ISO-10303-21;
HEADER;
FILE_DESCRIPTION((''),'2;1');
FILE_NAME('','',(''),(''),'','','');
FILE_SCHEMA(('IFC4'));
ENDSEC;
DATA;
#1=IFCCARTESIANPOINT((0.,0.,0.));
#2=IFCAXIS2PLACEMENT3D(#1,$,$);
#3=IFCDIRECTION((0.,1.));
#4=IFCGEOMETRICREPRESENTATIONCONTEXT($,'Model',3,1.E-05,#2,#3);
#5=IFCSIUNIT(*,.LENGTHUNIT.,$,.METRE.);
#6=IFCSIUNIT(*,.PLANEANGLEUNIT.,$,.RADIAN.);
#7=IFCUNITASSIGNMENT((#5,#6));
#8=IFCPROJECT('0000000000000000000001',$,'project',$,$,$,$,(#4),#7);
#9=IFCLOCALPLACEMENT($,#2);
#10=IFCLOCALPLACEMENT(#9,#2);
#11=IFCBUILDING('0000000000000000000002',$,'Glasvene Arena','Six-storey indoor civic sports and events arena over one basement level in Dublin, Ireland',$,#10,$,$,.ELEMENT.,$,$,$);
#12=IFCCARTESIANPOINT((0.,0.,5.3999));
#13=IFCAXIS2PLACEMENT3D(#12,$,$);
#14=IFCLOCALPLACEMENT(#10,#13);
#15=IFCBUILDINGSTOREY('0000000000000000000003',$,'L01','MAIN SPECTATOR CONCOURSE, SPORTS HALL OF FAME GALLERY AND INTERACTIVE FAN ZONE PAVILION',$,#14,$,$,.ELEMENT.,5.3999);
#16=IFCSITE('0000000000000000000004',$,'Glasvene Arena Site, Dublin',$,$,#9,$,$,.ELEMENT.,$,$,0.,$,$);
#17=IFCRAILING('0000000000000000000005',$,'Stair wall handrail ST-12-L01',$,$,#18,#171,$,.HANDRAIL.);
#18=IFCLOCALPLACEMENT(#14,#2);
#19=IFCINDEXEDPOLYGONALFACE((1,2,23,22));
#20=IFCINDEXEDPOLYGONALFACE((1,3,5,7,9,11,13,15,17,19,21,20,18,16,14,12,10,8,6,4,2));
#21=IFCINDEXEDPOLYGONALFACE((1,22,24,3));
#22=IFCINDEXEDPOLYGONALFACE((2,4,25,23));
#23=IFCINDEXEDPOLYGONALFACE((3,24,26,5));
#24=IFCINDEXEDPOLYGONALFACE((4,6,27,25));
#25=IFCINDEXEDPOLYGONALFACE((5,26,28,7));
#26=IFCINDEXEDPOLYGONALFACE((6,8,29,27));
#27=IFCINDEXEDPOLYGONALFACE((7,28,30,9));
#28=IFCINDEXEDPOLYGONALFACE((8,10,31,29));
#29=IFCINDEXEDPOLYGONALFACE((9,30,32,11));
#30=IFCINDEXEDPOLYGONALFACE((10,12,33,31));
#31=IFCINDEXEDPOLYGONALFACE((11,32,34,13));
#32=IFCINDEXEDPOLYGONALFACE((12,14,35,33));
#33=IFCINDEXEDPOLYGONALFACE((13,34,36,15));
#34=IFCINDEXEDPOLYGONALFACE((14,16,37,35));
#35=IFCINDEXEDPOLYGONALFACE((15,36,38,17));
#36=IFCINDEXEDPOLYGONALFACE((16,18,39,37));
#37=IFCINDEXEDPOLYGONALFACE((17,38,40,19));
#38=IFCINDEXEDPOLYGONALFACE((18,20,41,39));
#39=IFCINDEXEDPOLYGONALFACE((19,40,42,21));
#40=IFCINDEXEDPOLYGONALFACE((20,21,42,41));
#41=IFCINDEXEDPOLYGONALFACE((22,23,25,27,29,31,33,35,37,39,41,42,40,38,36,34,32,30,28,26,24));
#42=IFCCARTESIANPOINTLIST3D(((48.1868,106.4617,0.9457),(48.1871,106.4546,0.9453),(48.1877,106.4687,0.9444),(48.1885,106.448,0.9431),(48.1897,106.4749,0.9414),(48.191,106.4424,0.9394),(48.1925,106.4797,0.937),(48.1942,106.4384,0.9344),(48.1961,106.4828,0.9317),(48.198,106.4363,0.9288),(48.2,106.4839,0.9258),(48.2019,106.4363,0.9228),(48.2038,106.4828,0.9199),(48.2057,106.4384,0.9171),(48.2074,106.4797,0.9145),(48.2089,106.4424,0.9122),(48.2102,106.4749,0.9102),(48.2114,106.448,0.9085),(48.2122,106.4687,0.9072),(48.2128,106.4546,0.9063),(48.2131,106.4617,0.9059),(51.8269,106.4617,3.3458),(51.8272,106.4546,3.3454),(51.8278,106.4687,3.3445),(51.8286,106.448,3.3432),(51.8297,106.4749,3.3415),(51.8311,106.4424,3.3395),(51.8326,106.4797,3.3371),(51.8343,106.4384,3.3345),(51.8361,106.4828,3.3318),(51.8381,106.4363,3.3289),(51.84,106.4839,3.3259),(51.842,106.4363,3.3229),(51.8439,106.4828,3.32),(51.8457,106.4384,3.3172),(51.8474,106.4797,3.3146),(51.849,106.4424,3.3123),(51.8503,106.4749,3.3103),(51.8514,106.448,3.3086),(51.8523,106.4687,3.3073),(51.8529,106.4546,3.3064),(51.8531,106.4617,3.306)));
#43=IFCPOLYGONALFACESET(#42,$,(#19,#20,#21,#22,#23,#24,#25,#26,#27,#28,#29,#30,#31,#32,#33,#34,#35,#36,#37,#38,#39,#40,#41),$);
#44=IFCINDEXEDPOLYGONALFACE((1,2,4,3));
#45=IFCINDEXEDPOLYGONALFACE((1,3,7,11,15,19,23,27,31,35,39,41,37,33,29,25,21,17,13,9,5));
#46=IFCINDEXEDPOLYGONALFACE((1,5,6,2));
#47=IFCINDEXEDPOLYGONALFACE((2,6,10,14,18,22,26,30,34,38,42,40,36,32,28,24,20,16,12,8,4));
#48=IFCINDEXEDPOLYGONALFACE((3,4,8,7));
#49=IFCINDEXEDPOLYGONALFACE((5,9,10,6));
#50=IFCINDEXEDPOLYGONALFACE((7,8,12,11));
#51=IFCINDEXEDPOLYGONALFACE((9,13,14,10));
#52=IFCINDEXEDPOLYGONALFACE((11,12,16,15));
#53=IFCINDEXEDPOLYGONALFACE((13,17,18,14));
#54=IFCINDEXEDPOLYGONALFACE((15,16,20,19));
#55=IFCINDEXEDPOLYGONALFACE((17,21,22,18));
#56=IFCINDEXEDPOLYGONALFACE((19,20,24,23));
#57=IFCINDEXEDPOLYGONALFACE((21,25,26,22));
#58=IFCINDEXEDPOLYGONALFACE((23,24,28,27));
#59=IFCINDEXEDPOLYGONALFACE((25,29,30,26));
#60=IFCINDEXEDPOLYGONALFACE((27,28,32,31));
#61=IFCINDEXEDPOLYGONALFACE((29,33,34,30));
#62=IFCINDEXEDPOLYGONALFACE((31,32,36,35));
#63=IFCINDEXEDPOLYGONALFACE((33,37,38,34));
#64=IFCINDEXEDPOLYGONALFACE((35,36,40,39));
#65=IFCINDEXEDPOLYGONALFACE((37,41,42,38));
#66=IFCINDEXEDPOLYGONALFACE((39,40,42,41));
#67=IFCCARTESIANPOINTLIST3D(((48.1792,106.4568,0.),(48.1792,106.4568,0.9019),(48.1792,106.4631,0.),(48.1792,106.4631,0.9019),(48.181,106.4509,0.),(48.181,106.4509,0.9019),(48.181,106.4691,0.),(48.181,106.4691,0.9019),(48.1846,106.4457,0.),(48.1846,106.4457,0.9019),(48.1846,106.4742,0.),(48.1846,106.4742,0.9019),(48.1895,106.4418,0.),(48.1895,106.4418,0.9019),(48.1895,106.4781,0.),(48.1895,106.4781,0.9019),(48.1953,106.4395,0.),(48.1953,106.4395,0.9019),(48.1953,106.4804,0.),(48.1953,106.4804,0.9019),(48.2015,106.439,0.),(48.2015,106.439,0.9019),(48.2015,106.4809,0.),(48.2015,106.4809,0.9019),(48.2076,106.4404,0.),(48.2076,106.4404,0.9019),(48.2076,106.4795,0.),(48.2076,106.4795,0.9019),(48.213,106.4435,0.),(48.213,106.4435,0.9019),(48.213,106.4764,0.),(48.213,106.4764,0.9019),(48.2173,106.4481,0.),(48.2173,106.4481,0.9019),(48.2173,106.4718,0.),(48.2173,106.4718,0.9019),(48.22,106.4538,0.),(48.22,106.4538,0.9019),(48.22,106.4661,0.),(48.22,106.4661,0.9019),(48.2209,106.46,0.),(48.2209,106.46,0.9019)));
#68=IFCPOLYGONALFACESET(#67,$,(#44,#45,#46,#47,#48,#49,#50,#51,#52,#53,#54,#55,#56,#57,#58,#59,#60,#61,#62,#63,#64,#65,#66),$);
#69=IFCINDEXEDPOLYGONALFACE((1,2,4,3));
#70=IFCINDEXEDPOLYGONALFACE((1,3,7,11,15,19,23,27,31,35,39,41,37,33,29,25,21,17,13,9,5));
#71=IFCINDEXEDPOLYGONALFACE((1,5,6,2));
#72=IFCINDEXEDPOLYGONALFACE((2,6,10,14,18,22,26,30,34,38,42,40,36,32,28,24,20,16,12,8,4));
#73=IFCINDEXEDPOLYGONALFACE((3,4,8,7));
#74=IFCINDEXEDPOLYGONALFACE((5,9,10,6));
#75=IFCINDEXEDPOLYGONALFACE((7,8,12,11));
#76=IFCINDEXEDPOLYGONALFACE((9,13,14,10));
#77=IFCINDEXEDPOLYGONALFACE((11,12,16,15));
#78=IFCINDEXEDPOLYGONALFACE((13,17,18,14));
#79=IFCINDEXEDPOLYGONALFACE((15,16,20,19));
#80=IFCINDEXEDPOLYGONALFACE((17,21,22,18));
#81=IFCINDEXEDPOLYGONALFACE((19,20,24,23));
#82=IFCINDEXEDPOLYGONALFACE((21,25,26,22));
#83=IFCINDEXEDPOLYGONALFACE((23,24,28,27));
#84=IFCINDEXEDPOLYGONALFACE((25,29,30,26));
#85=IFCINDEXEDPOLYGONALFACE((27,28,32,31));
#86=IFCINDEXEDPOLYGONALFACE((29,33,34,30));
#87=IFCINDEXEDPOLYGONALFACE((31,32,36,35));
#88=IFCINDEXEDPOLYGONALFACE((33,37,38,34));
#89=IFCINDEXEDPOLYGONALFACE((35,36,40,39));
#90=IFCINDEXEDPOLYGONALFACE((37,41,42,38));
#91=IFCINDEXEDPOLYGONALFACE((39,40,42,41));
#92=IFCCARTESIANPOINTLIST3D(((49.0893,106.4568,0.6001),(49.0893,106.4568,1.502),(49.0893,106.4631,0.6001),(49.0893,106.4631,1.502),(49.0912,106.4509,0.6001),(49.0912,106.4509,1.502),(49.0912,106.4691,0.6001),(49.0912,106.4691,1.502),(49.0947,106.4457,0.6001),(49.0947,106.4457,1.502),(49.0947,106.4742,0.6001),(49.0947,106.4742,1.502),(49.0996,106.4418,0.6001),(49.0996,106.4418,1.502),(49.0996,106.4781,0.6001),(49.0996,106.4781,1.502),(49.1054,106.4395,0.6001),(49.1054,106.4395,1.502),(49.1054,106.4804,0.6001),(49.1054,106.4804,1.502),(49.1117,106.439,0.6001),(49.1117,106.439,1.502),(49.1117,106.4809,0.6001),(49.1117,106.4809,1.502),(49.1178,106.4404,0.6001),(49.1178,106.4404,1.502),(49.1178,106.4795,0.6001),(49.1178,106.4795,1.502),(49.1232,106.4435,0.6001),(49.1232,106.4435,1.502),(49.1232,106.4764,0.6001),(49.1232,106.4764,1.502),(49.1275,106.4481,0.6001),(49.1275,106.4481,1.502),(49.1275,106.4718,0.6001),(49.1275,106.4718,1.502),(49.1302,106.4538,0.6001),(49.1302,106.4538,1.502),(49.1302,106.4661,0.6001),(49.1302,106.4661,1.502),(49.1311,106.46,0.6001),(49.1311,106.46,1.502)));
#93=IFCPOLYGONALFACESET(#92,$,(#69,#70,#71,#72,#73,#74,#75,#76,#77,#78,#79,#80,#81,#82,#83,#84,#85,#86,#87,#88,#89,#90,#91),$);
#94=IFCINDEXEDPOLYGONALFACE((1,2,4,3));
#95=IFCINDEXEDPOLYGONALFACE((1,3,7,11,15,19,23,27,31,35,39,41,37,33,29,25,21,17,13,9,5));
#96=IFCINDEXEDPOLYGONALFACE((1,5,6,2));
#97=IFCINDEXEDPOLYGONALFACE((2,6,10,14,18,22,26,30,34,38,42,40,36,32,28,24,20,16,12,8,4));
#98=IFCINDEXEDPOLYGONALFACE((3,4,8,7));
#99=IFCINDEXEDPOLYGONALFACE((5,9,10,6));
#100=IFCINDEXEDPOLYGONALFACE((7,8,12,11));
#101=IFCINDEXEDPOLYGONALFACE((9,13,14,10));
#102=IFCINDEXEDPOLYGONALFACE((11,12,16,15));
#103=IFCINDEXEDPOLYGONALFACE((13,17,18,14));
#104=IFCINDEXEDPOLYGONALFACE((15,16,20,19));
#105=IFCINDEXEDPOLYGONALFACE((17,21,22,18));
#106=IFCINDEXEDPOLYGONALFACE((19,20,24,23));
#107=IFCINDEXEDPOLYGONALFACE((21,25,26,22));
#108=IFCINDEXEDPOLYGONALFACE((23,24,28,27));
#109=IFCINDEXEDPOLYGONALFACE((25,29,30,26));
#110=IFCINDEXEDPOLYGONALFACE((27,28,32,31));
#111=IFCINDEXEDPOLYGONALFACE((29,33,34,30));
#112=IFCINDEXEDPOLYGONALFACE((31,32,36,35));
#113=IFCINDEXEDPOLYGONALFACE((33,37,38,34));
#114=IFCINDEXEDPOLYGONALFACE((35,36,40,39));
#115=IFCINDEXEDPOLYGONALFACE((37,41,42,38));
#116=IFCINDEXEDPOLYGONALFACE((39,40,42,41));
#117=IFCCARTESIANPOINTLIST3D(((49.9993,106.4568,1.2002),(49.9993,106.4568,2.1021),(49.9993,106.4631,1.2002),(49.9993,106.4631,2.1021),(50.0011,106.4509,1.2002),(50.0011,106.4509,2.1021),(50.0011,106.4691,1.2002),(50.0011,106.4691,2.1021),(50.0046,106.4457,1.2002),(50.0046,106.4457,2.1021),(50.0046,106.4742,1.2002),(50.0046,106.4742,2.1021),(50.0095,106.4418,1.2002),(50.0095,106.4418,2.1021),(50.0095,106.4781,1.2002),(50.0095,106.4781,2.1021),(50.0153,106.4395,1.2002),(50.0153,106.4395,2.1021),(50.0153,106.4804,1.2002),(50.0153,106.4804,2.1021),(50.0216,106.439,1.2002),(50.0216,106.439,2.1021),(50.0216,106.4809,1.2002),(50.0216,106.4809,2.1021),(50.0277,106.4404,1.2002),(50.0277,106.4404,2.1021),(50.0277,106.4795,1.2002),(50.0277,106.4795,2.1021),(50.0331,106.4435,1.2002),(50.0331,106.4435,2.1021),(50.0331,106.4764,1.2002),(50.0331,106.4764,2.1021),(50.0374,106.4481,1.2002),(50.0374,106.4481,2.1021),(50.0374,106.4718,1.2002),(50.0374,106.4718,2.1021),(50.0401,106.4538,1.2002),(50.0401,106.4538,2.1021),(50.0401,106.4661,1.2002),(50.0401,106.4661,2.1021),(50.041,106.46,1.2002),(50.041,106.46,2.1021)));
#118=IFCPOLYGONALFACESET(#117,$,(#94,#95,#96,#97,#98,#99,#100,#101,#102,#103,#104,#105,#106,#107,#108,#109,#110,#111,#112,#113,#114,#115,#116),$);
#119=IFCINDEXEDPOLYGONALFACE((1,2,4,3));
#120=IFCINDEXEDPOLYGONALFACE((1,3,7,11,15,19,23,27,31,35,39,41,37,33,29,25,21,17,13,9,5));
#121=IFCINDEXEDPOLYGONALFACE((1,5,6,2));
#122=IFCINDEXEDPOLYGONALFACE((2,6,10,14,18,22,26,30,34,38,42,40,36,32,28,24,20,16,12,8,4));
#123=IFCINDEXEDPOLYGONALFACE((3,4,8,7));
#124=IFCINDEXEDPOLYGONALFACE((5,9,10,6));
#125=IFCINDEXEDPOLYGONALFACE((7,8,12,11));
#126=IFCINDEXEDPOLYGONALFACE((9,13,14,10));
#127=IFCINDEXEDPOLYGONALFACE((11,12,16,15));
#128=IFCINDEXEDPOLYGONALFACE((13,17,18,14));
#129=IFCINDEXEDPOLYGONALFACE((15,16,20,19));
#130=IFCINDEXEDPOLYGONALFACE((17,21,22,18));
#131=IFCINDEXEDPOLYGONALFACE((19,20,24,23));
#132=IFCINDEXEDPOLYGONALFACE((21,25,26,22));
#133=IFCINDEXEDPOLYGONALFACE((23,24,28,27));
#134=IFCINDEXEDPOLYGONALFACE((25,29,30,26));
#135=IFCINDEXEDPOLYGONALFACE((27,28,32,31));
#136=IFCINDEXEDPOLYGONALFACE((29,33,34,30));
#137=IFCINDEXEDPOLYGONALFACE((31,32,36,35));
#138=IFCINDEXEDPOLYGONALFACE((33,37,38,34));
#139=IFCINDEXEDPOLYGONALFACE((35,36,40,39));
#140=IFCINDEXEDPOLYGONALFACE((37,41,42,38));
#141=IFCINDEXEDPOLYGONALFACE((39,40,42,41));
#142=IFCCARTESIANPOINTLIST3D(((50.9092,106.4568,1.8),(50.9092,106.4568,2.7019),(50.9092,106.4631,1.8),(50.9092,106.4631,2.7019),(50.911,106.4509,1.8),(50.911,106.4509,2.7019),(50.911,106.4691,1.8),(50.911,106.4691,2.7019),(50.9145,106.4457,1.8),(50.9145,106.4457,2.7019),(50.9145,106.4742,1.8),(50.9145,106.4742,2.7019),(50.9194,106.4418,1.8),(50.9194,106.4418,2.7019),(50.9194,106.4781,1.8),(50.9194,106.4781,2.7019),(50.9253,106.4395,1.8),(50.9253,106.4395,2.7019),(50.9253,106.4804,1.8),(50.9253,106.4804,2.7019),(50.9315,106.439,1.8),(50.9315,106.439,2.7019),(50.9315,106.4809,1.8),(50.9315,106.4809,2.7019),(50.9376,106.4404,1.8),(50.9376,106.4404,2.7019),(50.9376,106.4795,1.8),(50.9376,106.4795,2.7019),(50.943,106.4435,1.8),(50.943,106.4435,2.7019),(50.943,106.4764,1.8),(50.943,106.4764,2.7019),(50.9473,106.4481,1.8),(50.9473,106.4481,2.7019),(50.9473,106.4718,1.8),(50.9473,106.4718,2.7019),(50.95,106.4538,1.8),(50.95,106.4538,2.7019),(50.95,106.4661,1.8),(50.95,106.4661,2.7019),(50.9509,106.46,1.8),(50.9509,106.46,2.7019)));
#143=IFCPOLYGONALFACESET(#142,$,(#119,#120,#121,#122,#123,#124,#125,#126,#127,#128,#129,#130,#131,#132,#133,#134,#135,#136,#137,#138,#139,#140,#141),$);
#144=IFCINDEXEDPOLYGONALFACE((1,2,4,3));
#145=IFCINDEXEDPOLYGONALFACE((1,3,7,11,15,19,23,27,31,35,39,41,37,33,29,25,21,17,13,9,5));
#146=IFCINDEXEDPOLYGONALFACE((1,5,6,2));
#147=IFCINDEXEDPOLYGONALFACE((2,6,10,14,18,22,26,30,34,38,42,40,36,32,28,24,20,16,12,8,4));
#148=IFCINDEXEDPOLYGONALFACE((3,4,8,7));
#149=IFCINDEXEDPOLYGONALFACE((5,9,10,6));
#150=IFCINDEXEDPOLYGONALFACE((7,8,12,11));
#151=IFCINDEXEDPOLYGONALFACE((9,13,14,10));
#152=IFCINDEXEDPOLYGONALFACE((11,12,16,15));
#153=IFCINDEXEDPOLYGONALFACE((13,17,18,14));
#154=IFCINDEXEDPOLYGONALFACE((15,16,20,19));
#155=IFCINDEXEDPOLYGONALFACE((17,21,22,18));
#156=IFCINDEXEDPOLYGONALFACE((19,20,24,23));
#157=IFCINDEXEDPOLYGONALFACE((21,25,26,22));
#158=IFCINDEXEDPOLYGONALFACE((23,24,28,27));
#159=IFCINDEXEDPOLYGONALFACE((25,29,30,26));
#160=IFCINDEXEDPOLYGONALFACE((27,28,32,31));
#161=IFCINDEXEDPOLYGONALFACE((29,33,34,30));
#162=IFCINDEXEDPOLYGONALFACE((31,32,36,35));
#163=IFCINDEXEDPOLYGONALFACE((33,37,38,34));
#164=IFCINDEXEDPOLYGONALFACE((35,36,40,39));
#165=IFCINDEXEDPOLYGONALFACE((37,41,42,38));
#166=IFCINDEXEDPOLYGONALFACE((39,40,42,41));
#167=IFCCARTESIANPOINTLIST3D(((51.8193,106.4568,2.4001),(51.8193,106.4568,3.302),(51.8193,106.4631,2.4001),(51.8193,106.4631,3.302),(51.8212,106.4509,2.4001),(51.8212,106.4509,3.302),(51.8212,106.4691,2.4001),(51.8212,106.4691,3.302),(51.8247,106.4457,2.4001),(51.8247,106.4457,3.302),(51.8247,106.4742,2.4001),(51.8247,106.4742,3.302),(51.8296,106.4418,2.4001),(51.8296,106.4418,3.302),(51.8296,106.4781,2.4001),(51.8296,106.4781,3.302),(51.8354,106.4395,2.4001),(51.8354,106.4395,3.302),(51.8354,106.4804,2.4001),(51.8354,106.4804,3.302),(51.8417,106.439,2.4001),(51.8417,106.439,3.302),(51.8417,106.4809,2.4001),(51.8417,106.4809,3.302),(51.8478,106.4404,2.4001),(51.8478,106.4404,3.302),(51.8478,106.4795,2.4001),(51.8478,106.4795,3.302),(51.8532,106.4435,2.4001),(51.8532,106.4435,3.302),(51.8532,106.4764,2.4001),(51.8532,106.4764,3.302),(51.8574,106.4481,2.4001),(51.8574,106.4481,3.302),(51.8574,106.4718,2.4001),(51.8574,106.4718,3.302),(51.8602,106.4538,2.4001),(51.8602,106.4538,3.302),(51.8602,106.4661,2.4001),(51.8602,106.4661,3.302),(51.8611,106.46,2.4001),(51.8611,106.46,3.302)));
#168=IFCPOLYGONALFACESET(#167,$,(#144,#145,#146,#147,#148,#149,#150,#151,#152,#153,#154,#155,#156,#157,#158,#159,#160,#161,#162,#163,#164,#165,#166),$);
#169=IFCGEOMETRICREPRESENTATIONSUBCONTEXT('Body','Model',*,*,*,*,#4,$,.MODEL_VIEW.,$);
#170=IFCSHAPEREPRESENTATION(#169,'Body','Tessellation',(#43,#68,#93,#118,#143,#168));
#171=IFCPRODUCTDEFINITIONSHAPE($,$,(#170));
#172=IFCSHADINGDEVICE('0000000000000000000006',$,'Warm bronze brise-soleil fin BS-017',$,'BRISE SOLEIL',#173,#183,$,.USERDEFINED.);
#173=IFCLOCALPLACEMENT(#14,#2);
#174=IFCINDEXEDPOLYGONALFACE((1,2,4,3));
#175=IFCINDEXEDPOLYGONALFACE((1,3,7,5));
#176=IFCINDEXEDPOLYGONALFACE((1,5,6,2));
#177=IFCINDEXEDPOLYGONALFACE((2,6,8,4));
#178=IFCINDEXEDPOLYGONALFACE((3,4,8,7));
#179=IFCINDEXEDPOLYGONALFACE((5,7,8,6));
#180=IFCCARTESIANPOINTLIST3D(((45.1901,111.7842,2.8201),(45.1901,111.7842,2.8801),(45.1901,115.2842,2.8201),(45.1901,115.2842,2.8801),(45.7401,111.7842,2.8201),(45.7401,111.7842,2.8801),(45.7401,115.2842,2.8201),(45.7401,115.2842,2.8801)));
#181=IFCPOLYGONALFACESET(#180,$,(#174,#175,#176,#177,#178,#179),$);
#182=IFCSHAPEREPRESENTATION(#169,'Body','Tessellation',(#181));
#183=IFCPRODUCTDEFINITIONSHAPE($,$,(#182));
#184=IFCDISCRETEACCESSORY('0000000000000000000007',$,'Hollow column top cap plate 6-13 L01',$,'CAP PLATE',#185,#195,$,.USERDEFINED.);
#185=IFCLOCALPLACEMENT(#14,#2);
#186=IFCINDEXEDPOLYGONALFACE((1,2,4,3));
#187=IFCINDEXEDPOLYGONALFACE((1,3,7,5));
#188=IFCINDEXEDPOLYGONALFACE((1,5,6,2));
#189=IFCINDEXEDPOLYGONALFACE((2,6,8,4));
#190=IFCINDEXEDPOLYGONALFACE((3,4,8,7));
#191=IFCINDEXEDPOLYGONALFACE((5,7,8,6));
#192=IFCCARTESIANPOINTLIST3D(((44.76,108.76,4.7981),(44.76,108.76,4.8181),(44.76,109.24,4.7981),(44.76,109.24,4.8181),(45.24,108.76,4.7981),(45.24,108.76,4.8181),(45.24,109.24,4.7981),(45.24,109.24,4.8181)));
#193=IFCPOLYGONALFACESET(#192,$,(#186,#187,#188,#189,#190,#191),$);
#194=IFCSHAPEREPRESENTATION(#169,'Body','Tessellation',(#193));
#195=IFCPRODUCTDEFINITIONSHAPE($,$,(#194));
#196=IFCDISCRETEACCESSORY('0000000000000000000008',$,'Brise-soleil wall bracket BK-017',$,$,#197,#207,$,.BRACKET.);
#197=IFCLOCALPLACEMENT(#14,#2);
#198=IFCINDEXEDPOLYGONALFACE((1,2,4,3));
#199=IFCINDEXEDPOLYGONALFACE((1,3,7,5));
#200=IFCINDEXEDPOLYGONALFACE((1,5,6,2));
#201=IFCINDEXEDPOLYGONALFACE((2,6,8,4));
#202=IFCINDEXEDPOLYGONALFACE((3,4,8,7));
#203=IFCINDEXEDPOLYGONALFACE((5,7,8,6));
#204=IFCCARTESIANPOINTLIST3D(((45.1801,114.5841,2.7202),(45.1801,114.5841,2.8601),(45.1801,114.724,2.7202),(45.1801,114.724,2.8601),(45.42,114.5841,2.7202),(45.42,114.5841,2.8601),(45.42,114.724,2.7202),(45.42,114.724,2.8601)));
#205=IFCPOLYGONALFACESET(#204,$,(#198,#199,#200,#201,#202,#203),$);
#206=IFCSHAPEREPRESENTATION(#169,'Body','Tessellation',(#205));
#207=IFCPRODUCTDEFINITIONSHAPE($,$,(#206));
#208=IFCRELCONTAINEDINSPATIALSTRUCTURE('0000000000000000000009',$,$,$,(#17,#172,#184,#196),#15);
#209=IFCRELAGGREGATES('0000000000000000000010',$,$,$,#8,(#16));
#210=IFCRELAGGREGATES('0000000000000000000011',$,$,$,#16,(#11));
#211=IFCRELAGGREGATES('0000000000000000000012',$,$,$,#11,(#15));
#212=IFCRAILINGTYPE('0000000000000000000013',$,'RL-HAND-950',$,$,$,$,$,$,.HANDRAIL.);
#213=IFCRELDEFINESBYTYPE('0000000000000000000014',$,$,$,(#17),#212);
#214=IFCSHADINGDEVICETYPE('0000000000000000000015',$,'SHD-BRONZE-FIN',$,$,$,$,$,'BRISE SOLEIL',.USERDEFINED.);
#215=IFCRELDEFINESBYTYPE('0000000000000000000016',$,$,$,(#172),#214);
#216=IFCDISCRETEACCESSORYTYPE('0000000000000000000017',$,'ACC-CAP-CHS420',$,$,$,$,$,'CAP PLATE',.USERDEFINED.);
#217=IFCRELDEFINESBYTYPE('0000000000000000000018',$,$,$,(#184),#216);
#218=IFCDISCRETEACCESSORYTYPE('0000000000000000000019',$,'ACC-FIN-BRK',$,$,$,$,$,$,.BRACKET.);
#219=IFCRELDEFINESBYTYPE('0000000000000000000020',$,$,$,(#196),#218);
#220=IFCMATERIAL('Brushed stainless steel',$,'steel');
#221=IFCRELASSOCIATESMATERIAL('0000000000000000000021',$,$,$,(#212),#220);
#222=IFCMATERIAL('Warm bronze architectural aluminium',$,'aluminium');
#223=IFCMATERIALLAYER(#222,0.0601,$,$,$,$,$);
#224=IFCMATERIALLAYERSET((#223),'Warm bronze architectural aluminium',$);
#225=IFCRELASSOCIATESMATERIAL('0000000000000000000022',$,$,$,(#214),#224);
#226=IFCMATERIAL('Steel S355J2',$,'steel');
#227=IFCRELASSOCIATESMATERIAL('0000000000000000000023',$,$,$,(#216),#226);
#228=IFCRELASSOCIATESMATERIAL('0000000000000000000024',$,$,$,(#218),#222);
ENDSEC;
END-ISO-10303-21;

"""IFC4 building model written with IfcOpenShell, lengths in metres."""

from ifc_helpers import new_model, si_unit, direction, frame, origin, origin_2d, place, context, subcontext, project, spatial, rectangle, circle, extrude, material, layer, layer_set, type_object, element, save


model = new_model("IFC4")

# Units and contexts
model_context = context("Model", 3, precision=1e-05, world=origin(), true_north=direction((0.0, 1.0)))
body_context = subcontext(model_context, "Body", "Model", "MODEL_VIEW")
ifc_project = project(units=[si_unit("LENGTHUNIT", "METRE"), si_unit("PLANEANGLEUNIT", "RADIAN")], contexts=[model_context])

# Site, building, storey
site_placement = place(None, origin())
site = spatial("IfcSite", under=ifc_project, at=site_placement, Name="Glasvene Arena Site, Dublin", CompositionType="ELEMENT", RefElevation=0.0)
building_placement = place(site_placement, origin())
building = spatial("IfcBuilding", under=site, at=building_placement, Name="Glasvene Arena", Description="Six-storey indoor civic sports and events arena over one basement level in Dublin, Ireland", CompositionType="ELEMENT")
storey_placement = place(building_placement, frame((0.0, 0.0, 5.3999)))
storey = spatial("IfcBuildingStorey", under=building, at=storey_placement, Name="L01", Description="MAIN SPECTATOR CONCOURSE, SPORTS HALL OF FAME GALLERY AND INTERACTIVE FAN ZONE PAVILION", CompositionType="ELEMENT", Elevation=5.3999)

# Shared definitions
ifc_material_1 = material(Name="Steel S355J2", Category="steel")

# Railing
ifc_material_2 = material(Name="Brushed stainless steel", Category="steel")
railing_type_1 = type_object("IfcRailingType", Name="RL-HAND-950", PredefinedType="HANDRAIL", material=ifc_material_2)
railing_1_placement = place(storey_placement, frame((48.2, 106.46, 0.0)))
element("IfcRailing", 1, at=railing_1_placement, inside=storey, type_object=railing_type_1, Name="Stair wall handrail ST-12-L01", PredefinedType="HANDRAIL", context=body_context, shape_type="SweptSolid", body=[
    extrude(circle(Radius=0.0239, at=origin_2d()), frame((0.0, 0.0, 0.9258), z_axis=(0.834856, 0.0, 0.550468), x_axis=(0.0, 1.0, 0.0)), (0.0, 0.0, 1.0), 4.3601),
    extrude(circle(Radius=0.021, at=origin_2d()), origin(), (0.0, 0.0, 1.0), 0.9019),
    extrude(circle(Radius=0.021, at=origin_2d()), frame((0.9102, 0.0, 0.6001)), (0.0, 0.0, 1.0), 0.9019),
    extrude(circle(Radius=0.021, at=origin_2d()), frame((1.8201, 0.0, 1.2002)), (0.0, 0.0, 1.0), 0.9019),
    extrude(circle(Radius=0.021, at=origin_2d()), frame((2.73, 0.0, 1.8)), (0.0, 0.0, 1.0), 0.9019),
    extrude(circle(Radius=0.021, at=origin_2d()), frame((3.6401, 0.0, 2.4001)), (0.0, 0.0, 1.0), 0.9019),
])

# Shading device
ifc_material_3 = material(Name="Warm bronze architectural aluminium", Category="aluminium")
ifc_layer_1 = layer(ifc_material_3, 0.0601)
ifc_layer_set_1 = layer_set([ifc_layer_1], Name="Warm bronze architectural aluminium")
shading_device_type = type_object("IfcShadingDeviceType", Name="SHD-BRONZE-FIN", ElementType="BRISE SOLEIL", PredefinedType="USERDEFINED", material=ifc_layer_set_1)
shading_device_placement = place(storey_placement, frame((45.4651, 113.5342, 2.8201), z_axis=(0.0, 0.0, 1.0), x_axis=(0.0, -1.0, 0.0)))
element("IfcShadingDevice", 2, at=shading_device_placement, inside=storey, type_object=shading_device_type, Name="Warm bronze brise-soleil fin BS-017", ObjectType="BRISE SOLEIL", PredefinedType="USERDEFINED", context=body_context, shape_type="SweptSolid", body=[
    extrude(rectangle(XDim=3.5, YDim=0.55, at=origin_2d()), origin(), (0.0, 0.0, 1.0), 0.0601),
])

# Discrete accessories
discrete_accessory_type_1 = type_object("IfcDiscreteAccessoryType", Name="ACC-CAP-CHS420", ElementType="CAP PLATE", PredefinedType="USERDEFINED", material=ifc_material_1)
discrete_accessory_placement = place(storey_placement, frame((45.0, 109.0, 4.7981), z_axis=(0.0, 0.0, 1.0), x_axis=(1.0, 0.0, 0.0)))
element("IfcDiscreteAccessory", 3, at=discrete_accessory_placement, inside=storey, type_object=discrete_accessory_type_1, Name="Hollow column top cap plate 6-13 L01", ObjectType="CAP PLATE", PredefinedType="USERDEFINED", context=body_context, shape_type="SweptSolid", body=[
    extrude(rectangle(XDim=0.48, YDim=0.48, at=origin_2d()), origin(), (0.0, 0.0, 1.0), 0.02),
])
discrete_accessory_type_2 = type_object("IfcDiscreteAccessoryType", Name="ACC-FIN-BRK", PredefinedType="BRACKET", material=ifc_material_3)
for number, where, z_axis, x_axis, name in (
    (4, (45.3, 114.6541, 2.7202), (0.0, 0.0, 1.0), (0.0, -1.0, 0.0), "Brise-soleil wall bracket BK-017"),
):
    element("IfcDiscreteAccessory", number, at=place(storey_placement, frame(where, z_axis=z_axis, x_axis=x_axis)), inside=storey, type_object=discrete_accessory_type_2, Name=name, PredefinedType="BRACKET", context=body_context, shape_type="SweptSolid", body=[
        extrude(rectangle(XDim=0.1399, YDim=0.24, at=origin_2d()), origin(), (0.0, 0.0, 1.0), 0.1399),
    ])

save(model, "model.ifc")
